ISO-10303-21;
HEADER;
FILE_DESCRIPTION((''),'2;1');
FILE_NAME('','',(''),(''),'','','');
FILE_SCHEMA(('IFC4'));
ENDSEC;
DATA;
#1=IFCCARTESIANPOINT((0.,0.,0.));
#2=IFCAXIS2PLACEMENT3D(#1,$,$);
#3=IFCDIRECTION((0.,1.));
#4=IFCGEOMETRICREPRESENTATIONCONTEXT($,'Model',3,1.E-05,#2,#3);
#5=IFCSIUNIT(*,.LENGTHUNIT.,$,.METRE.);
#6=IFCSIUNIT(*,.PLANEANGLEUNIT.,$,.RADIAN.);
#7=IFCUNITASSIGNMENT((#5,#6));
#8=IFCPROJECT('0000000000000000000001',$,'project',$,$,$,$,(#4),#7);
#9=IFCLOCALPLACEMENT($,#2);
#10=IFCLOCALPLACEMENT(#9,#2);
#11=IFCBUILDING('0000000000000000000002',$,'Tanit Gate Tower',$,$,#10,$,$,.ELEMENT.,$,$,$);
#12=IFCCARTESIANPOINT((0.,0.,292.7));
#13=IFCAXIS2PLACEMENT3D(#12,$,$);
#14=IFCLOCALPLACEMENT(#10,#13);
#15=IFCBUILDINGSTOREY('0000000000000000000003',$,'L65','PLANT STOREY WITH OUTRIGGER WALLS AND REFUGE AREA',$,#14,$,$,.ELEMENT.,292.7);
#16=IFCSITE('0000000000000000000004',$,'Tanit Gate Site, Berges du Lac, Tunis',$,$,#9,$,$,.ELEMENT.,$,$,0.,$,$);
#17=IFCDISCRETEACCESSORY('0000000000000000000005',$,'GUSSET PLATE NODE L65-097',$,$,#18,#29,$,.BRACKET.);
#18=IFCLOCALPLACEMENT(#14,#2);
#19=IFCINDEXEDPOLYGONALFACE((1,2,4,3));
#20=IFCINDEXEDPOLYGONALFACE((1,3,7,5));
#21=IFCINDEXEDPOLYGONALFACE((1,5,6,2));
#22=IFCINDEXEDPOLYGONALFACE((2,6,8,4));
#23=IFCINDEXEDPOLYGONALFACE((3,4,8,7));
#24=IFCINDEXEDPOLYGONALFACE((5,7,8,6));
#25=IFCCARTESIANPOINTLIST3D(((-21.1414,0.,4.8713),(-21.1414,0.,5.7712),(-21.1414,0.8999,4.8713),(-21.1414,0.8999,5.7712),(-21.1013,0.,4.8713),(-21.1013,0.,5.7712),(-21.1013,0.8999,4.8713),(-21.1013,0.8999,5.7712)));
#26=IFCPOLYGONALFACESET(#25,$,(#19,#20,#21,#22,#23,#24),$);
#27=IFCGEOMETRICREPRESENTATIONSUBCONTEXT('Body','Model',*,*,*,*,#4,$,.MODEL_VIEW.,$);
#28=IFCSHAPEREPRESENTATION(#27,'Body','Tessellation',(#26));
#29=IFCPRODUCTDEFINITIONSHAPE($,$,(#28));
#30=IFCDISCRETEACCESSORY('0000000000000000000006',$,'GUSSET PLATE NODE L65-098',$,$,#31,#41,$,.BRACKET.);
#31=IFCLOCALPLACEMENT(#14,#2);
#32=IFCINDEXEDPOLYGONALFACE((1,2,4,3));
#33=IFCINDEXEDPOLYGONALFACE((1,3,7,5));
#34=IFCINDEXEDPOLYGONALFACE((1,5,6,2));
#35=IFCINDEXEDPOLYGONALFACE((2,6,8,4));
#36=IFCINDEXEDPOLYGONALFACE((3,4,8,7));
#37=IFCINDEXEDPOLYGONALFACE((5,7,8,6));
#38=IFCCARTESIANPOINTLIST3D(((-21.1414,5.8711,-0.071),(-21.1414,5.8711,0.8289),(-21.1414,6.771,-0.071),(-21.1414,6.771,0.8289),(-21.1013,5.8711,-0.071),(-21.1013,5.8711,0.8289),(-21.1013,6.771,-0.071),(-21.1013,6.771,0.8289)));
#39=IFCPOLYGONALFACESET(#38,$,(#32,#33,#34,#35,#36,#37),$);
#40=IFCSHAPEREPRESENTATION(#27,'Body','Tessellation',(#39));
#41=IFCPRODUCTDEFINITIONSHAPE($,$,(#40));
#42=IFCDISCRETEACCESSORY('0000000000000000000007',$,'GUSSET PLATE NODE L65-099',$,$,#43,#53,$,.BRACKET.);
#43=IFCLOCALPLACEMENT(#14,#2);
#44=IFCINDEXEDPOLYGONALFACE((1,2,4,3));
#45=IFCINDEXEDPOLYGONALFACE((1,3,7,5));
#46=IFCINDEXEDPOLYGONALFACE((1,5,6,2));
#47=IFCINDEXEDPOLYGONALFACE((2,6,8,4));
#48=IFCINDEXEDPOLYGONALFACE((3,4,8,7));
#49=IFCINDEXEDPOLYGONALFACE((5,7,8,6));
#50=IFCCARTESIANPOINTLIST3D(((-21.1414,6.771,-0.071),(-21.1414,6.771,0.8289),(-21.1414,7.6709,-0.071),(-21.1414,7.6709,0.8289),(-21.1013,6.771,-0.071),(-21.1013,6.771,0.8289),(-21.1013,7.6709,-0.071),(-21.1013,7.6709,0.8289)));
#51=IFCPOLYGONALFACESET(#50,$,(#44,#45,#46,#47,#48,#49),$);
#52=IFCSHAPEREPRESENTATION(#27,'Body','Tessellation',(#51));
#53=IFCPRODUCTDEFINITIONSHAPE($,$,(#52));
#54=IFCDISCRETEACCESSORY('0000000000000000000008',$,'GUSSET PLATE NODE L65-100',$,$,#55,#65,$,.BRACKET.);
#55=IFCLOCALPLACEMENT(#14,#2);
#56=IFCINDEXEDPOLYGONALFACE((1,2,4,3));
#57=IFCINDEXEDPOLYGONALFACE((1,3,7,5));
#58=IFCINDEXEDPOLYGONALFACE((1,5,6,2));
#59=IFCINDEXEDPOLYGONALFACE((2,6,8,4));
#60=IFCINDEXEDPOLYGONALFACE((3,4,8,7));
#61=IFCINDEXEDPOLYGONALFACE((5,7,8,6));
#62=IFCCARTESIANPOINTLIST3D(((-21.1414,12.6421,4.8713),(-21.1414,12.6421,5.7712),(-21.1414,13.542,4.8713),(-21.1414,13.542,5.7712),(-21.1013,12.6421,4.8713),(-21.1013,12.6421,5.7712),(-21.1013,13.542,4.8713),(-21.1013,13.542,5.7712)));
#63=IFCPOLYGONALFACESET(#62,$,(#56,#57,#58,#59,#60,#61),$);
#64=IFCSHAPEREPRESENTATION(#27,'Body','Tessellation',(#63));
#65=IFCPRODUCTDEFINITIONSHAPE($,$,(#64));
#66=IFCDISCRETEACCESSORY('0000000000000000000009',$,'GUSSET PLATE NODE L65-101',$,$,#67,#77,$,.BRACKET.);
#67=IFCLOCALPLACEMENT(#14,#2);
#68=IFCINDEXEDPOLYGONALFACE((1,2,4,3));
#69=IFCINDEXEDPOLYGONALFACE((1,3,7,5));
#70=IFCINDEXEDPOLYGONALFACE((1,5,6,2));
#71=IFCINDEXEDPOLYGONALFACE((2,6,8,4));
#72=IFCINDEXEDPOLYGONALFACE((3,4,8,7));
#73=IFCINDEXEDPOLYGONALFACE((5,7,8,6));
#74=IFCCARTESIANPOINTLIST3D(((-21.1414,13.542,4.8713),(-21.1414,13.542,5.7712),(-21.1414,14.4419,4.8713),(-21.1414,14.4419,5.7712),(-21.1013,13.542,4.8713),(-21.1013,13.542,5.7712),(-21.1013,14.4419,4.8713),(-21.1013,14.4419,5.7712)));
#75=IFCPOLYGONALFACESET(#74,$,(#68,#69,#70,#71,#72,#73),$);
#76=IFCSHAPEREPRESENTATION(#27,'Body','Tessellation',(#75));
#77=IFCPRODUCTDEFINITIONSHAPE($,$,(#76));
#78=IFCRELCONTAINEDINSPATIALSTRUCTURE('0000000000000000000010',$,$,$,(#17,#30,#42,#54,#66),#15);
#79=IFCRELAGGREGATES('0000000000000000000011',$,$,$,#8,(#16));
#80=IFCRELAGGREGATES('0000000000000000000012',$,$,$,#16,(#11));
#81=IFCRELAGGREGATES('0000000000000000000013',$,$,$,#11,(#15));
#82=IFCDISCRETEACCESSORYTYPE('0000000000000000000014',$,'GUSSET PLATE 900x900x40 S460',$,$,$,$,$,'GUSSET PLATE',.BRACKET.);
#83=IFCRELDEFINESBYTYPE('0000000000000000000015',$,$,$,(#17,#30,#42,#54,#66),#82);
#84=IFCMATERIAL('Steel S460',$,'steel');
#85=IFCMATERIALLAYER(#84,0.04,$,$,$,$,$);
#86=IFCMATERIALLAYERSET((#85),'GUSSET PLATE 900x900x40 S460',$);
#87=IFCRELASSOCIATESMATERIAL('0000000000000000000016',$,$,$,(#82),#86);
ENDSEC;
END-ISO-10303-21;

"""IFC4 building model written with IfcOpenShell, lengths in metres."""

from ifc_helpers import new_model, si_unit, direction, frame, origin, origin_2d, place, context, subcontext, project, spatial, rectangle, extrude, material, layer, layer_set, type_object, element, save


model = new_model("IFC4")

# Units and contexts
model_context = context("Model", 3, precision=1e-05, world=origin(), true_north=direction((0.0, 1.0)))
body_context = subcontext(model_context, "Body", "Model", "MODEL_VIEW")
ifc_project = project(units=[si_unit("LENGTHUNIT", "METRE"), si_unit("PLANEANGLEUNIT", "RADIAN")], contexts=[model_context])

# Site, building, storey
site_placement = place(None, origin())
site = spatial("IfcSite", under=ifc_project, at=site_placement, Name="Tanit Gate Site, Berges du Lac, Tunis", CompositionType="ELEMENT", RefElevation=0.0)
building_placement = place(site_placement, origin())
building = spatial("IfcBuilding", under=site, at=building_placement, Name="Tanit Gate Tower", CompositionType="ELEMENT")
storey_placement = place(building_placement, frame((0.0, 0.0, 292.7)))
storey = spatial("IfcBuildingStorey", under=building, at=storey_placement, Name="L65", Description="PLANT STOREY WITH OUTRIGGER WALLS AND REFUGE AREA", CompositionType="ELEMENT", Elevation=292.7)

# Discrete accessories
ifc_material_1 = material(Name="Steel S460", Category="steel")
ifc_layer_1 = layer(ifc_material_1, 0.04)
ifc_layer_set_1 = layer_set([ifc_layer_1], Name="GUSSET PLATE 900x900x40 S460")
discrete_accessory_type = type_object("IfcDiscreteAccessoryType", Name="GUSSET PLATE 900x900x40 S460", ElementType="GUSSET PLATE", PredefinedType="BRACKET", material=ifc_layer_set_1)
for number, where, z_axis, x_axis, name in (
    (1, (-21.1213, 0.45, 4.8713), (0.0, 0.0, 1.0), (0.0, 1.0, 0.0), "GUSSET PLATE NODE L65-097"),
    (2, (-21.1213, 6.321, -0.071), (0.0, 0.0, 1.0), (0.0, -1.0, 0.0), "GUSSET PLATE NODE L65-098"),
    (3, (-21.1213, 7.2209, -0.071), (0.0, 0.0, 1.0), (0.0, 1.0, 0.0), "GUSSET PLATE NODE L65-099"),
    (4, (-21.1213, 13.092, 4.8713), (0.0, 0.0, 1.0), (0.0, -1.0, 0.0), "GUSSET PLATE NODE L65-100"),
    (5, (-21.1213, 13.9919, 4.8713), (0.0, 0.0, 1.0), (0.0, 1.0, 0.0), "GUSSET PLATE NODE L65-101"),
):
    element("IfcDiscreteAccessory", number, at=place(storey_placement, frame(where, z_axis=z_axis, x_axis=x_axis)), inside=storey, type_object=discrete_accessory_type, Name=name, PredefinedType="BRACKET", context=body_context, shape_type="SweptSolid", body=[
        extrude(rectangle(XDim=0.8999, YDim=0.04, at=origin_2d()), origin(), (0.0, 0.0, 1.0), 0.8999),
    ])

save(model, "model.ifc")
